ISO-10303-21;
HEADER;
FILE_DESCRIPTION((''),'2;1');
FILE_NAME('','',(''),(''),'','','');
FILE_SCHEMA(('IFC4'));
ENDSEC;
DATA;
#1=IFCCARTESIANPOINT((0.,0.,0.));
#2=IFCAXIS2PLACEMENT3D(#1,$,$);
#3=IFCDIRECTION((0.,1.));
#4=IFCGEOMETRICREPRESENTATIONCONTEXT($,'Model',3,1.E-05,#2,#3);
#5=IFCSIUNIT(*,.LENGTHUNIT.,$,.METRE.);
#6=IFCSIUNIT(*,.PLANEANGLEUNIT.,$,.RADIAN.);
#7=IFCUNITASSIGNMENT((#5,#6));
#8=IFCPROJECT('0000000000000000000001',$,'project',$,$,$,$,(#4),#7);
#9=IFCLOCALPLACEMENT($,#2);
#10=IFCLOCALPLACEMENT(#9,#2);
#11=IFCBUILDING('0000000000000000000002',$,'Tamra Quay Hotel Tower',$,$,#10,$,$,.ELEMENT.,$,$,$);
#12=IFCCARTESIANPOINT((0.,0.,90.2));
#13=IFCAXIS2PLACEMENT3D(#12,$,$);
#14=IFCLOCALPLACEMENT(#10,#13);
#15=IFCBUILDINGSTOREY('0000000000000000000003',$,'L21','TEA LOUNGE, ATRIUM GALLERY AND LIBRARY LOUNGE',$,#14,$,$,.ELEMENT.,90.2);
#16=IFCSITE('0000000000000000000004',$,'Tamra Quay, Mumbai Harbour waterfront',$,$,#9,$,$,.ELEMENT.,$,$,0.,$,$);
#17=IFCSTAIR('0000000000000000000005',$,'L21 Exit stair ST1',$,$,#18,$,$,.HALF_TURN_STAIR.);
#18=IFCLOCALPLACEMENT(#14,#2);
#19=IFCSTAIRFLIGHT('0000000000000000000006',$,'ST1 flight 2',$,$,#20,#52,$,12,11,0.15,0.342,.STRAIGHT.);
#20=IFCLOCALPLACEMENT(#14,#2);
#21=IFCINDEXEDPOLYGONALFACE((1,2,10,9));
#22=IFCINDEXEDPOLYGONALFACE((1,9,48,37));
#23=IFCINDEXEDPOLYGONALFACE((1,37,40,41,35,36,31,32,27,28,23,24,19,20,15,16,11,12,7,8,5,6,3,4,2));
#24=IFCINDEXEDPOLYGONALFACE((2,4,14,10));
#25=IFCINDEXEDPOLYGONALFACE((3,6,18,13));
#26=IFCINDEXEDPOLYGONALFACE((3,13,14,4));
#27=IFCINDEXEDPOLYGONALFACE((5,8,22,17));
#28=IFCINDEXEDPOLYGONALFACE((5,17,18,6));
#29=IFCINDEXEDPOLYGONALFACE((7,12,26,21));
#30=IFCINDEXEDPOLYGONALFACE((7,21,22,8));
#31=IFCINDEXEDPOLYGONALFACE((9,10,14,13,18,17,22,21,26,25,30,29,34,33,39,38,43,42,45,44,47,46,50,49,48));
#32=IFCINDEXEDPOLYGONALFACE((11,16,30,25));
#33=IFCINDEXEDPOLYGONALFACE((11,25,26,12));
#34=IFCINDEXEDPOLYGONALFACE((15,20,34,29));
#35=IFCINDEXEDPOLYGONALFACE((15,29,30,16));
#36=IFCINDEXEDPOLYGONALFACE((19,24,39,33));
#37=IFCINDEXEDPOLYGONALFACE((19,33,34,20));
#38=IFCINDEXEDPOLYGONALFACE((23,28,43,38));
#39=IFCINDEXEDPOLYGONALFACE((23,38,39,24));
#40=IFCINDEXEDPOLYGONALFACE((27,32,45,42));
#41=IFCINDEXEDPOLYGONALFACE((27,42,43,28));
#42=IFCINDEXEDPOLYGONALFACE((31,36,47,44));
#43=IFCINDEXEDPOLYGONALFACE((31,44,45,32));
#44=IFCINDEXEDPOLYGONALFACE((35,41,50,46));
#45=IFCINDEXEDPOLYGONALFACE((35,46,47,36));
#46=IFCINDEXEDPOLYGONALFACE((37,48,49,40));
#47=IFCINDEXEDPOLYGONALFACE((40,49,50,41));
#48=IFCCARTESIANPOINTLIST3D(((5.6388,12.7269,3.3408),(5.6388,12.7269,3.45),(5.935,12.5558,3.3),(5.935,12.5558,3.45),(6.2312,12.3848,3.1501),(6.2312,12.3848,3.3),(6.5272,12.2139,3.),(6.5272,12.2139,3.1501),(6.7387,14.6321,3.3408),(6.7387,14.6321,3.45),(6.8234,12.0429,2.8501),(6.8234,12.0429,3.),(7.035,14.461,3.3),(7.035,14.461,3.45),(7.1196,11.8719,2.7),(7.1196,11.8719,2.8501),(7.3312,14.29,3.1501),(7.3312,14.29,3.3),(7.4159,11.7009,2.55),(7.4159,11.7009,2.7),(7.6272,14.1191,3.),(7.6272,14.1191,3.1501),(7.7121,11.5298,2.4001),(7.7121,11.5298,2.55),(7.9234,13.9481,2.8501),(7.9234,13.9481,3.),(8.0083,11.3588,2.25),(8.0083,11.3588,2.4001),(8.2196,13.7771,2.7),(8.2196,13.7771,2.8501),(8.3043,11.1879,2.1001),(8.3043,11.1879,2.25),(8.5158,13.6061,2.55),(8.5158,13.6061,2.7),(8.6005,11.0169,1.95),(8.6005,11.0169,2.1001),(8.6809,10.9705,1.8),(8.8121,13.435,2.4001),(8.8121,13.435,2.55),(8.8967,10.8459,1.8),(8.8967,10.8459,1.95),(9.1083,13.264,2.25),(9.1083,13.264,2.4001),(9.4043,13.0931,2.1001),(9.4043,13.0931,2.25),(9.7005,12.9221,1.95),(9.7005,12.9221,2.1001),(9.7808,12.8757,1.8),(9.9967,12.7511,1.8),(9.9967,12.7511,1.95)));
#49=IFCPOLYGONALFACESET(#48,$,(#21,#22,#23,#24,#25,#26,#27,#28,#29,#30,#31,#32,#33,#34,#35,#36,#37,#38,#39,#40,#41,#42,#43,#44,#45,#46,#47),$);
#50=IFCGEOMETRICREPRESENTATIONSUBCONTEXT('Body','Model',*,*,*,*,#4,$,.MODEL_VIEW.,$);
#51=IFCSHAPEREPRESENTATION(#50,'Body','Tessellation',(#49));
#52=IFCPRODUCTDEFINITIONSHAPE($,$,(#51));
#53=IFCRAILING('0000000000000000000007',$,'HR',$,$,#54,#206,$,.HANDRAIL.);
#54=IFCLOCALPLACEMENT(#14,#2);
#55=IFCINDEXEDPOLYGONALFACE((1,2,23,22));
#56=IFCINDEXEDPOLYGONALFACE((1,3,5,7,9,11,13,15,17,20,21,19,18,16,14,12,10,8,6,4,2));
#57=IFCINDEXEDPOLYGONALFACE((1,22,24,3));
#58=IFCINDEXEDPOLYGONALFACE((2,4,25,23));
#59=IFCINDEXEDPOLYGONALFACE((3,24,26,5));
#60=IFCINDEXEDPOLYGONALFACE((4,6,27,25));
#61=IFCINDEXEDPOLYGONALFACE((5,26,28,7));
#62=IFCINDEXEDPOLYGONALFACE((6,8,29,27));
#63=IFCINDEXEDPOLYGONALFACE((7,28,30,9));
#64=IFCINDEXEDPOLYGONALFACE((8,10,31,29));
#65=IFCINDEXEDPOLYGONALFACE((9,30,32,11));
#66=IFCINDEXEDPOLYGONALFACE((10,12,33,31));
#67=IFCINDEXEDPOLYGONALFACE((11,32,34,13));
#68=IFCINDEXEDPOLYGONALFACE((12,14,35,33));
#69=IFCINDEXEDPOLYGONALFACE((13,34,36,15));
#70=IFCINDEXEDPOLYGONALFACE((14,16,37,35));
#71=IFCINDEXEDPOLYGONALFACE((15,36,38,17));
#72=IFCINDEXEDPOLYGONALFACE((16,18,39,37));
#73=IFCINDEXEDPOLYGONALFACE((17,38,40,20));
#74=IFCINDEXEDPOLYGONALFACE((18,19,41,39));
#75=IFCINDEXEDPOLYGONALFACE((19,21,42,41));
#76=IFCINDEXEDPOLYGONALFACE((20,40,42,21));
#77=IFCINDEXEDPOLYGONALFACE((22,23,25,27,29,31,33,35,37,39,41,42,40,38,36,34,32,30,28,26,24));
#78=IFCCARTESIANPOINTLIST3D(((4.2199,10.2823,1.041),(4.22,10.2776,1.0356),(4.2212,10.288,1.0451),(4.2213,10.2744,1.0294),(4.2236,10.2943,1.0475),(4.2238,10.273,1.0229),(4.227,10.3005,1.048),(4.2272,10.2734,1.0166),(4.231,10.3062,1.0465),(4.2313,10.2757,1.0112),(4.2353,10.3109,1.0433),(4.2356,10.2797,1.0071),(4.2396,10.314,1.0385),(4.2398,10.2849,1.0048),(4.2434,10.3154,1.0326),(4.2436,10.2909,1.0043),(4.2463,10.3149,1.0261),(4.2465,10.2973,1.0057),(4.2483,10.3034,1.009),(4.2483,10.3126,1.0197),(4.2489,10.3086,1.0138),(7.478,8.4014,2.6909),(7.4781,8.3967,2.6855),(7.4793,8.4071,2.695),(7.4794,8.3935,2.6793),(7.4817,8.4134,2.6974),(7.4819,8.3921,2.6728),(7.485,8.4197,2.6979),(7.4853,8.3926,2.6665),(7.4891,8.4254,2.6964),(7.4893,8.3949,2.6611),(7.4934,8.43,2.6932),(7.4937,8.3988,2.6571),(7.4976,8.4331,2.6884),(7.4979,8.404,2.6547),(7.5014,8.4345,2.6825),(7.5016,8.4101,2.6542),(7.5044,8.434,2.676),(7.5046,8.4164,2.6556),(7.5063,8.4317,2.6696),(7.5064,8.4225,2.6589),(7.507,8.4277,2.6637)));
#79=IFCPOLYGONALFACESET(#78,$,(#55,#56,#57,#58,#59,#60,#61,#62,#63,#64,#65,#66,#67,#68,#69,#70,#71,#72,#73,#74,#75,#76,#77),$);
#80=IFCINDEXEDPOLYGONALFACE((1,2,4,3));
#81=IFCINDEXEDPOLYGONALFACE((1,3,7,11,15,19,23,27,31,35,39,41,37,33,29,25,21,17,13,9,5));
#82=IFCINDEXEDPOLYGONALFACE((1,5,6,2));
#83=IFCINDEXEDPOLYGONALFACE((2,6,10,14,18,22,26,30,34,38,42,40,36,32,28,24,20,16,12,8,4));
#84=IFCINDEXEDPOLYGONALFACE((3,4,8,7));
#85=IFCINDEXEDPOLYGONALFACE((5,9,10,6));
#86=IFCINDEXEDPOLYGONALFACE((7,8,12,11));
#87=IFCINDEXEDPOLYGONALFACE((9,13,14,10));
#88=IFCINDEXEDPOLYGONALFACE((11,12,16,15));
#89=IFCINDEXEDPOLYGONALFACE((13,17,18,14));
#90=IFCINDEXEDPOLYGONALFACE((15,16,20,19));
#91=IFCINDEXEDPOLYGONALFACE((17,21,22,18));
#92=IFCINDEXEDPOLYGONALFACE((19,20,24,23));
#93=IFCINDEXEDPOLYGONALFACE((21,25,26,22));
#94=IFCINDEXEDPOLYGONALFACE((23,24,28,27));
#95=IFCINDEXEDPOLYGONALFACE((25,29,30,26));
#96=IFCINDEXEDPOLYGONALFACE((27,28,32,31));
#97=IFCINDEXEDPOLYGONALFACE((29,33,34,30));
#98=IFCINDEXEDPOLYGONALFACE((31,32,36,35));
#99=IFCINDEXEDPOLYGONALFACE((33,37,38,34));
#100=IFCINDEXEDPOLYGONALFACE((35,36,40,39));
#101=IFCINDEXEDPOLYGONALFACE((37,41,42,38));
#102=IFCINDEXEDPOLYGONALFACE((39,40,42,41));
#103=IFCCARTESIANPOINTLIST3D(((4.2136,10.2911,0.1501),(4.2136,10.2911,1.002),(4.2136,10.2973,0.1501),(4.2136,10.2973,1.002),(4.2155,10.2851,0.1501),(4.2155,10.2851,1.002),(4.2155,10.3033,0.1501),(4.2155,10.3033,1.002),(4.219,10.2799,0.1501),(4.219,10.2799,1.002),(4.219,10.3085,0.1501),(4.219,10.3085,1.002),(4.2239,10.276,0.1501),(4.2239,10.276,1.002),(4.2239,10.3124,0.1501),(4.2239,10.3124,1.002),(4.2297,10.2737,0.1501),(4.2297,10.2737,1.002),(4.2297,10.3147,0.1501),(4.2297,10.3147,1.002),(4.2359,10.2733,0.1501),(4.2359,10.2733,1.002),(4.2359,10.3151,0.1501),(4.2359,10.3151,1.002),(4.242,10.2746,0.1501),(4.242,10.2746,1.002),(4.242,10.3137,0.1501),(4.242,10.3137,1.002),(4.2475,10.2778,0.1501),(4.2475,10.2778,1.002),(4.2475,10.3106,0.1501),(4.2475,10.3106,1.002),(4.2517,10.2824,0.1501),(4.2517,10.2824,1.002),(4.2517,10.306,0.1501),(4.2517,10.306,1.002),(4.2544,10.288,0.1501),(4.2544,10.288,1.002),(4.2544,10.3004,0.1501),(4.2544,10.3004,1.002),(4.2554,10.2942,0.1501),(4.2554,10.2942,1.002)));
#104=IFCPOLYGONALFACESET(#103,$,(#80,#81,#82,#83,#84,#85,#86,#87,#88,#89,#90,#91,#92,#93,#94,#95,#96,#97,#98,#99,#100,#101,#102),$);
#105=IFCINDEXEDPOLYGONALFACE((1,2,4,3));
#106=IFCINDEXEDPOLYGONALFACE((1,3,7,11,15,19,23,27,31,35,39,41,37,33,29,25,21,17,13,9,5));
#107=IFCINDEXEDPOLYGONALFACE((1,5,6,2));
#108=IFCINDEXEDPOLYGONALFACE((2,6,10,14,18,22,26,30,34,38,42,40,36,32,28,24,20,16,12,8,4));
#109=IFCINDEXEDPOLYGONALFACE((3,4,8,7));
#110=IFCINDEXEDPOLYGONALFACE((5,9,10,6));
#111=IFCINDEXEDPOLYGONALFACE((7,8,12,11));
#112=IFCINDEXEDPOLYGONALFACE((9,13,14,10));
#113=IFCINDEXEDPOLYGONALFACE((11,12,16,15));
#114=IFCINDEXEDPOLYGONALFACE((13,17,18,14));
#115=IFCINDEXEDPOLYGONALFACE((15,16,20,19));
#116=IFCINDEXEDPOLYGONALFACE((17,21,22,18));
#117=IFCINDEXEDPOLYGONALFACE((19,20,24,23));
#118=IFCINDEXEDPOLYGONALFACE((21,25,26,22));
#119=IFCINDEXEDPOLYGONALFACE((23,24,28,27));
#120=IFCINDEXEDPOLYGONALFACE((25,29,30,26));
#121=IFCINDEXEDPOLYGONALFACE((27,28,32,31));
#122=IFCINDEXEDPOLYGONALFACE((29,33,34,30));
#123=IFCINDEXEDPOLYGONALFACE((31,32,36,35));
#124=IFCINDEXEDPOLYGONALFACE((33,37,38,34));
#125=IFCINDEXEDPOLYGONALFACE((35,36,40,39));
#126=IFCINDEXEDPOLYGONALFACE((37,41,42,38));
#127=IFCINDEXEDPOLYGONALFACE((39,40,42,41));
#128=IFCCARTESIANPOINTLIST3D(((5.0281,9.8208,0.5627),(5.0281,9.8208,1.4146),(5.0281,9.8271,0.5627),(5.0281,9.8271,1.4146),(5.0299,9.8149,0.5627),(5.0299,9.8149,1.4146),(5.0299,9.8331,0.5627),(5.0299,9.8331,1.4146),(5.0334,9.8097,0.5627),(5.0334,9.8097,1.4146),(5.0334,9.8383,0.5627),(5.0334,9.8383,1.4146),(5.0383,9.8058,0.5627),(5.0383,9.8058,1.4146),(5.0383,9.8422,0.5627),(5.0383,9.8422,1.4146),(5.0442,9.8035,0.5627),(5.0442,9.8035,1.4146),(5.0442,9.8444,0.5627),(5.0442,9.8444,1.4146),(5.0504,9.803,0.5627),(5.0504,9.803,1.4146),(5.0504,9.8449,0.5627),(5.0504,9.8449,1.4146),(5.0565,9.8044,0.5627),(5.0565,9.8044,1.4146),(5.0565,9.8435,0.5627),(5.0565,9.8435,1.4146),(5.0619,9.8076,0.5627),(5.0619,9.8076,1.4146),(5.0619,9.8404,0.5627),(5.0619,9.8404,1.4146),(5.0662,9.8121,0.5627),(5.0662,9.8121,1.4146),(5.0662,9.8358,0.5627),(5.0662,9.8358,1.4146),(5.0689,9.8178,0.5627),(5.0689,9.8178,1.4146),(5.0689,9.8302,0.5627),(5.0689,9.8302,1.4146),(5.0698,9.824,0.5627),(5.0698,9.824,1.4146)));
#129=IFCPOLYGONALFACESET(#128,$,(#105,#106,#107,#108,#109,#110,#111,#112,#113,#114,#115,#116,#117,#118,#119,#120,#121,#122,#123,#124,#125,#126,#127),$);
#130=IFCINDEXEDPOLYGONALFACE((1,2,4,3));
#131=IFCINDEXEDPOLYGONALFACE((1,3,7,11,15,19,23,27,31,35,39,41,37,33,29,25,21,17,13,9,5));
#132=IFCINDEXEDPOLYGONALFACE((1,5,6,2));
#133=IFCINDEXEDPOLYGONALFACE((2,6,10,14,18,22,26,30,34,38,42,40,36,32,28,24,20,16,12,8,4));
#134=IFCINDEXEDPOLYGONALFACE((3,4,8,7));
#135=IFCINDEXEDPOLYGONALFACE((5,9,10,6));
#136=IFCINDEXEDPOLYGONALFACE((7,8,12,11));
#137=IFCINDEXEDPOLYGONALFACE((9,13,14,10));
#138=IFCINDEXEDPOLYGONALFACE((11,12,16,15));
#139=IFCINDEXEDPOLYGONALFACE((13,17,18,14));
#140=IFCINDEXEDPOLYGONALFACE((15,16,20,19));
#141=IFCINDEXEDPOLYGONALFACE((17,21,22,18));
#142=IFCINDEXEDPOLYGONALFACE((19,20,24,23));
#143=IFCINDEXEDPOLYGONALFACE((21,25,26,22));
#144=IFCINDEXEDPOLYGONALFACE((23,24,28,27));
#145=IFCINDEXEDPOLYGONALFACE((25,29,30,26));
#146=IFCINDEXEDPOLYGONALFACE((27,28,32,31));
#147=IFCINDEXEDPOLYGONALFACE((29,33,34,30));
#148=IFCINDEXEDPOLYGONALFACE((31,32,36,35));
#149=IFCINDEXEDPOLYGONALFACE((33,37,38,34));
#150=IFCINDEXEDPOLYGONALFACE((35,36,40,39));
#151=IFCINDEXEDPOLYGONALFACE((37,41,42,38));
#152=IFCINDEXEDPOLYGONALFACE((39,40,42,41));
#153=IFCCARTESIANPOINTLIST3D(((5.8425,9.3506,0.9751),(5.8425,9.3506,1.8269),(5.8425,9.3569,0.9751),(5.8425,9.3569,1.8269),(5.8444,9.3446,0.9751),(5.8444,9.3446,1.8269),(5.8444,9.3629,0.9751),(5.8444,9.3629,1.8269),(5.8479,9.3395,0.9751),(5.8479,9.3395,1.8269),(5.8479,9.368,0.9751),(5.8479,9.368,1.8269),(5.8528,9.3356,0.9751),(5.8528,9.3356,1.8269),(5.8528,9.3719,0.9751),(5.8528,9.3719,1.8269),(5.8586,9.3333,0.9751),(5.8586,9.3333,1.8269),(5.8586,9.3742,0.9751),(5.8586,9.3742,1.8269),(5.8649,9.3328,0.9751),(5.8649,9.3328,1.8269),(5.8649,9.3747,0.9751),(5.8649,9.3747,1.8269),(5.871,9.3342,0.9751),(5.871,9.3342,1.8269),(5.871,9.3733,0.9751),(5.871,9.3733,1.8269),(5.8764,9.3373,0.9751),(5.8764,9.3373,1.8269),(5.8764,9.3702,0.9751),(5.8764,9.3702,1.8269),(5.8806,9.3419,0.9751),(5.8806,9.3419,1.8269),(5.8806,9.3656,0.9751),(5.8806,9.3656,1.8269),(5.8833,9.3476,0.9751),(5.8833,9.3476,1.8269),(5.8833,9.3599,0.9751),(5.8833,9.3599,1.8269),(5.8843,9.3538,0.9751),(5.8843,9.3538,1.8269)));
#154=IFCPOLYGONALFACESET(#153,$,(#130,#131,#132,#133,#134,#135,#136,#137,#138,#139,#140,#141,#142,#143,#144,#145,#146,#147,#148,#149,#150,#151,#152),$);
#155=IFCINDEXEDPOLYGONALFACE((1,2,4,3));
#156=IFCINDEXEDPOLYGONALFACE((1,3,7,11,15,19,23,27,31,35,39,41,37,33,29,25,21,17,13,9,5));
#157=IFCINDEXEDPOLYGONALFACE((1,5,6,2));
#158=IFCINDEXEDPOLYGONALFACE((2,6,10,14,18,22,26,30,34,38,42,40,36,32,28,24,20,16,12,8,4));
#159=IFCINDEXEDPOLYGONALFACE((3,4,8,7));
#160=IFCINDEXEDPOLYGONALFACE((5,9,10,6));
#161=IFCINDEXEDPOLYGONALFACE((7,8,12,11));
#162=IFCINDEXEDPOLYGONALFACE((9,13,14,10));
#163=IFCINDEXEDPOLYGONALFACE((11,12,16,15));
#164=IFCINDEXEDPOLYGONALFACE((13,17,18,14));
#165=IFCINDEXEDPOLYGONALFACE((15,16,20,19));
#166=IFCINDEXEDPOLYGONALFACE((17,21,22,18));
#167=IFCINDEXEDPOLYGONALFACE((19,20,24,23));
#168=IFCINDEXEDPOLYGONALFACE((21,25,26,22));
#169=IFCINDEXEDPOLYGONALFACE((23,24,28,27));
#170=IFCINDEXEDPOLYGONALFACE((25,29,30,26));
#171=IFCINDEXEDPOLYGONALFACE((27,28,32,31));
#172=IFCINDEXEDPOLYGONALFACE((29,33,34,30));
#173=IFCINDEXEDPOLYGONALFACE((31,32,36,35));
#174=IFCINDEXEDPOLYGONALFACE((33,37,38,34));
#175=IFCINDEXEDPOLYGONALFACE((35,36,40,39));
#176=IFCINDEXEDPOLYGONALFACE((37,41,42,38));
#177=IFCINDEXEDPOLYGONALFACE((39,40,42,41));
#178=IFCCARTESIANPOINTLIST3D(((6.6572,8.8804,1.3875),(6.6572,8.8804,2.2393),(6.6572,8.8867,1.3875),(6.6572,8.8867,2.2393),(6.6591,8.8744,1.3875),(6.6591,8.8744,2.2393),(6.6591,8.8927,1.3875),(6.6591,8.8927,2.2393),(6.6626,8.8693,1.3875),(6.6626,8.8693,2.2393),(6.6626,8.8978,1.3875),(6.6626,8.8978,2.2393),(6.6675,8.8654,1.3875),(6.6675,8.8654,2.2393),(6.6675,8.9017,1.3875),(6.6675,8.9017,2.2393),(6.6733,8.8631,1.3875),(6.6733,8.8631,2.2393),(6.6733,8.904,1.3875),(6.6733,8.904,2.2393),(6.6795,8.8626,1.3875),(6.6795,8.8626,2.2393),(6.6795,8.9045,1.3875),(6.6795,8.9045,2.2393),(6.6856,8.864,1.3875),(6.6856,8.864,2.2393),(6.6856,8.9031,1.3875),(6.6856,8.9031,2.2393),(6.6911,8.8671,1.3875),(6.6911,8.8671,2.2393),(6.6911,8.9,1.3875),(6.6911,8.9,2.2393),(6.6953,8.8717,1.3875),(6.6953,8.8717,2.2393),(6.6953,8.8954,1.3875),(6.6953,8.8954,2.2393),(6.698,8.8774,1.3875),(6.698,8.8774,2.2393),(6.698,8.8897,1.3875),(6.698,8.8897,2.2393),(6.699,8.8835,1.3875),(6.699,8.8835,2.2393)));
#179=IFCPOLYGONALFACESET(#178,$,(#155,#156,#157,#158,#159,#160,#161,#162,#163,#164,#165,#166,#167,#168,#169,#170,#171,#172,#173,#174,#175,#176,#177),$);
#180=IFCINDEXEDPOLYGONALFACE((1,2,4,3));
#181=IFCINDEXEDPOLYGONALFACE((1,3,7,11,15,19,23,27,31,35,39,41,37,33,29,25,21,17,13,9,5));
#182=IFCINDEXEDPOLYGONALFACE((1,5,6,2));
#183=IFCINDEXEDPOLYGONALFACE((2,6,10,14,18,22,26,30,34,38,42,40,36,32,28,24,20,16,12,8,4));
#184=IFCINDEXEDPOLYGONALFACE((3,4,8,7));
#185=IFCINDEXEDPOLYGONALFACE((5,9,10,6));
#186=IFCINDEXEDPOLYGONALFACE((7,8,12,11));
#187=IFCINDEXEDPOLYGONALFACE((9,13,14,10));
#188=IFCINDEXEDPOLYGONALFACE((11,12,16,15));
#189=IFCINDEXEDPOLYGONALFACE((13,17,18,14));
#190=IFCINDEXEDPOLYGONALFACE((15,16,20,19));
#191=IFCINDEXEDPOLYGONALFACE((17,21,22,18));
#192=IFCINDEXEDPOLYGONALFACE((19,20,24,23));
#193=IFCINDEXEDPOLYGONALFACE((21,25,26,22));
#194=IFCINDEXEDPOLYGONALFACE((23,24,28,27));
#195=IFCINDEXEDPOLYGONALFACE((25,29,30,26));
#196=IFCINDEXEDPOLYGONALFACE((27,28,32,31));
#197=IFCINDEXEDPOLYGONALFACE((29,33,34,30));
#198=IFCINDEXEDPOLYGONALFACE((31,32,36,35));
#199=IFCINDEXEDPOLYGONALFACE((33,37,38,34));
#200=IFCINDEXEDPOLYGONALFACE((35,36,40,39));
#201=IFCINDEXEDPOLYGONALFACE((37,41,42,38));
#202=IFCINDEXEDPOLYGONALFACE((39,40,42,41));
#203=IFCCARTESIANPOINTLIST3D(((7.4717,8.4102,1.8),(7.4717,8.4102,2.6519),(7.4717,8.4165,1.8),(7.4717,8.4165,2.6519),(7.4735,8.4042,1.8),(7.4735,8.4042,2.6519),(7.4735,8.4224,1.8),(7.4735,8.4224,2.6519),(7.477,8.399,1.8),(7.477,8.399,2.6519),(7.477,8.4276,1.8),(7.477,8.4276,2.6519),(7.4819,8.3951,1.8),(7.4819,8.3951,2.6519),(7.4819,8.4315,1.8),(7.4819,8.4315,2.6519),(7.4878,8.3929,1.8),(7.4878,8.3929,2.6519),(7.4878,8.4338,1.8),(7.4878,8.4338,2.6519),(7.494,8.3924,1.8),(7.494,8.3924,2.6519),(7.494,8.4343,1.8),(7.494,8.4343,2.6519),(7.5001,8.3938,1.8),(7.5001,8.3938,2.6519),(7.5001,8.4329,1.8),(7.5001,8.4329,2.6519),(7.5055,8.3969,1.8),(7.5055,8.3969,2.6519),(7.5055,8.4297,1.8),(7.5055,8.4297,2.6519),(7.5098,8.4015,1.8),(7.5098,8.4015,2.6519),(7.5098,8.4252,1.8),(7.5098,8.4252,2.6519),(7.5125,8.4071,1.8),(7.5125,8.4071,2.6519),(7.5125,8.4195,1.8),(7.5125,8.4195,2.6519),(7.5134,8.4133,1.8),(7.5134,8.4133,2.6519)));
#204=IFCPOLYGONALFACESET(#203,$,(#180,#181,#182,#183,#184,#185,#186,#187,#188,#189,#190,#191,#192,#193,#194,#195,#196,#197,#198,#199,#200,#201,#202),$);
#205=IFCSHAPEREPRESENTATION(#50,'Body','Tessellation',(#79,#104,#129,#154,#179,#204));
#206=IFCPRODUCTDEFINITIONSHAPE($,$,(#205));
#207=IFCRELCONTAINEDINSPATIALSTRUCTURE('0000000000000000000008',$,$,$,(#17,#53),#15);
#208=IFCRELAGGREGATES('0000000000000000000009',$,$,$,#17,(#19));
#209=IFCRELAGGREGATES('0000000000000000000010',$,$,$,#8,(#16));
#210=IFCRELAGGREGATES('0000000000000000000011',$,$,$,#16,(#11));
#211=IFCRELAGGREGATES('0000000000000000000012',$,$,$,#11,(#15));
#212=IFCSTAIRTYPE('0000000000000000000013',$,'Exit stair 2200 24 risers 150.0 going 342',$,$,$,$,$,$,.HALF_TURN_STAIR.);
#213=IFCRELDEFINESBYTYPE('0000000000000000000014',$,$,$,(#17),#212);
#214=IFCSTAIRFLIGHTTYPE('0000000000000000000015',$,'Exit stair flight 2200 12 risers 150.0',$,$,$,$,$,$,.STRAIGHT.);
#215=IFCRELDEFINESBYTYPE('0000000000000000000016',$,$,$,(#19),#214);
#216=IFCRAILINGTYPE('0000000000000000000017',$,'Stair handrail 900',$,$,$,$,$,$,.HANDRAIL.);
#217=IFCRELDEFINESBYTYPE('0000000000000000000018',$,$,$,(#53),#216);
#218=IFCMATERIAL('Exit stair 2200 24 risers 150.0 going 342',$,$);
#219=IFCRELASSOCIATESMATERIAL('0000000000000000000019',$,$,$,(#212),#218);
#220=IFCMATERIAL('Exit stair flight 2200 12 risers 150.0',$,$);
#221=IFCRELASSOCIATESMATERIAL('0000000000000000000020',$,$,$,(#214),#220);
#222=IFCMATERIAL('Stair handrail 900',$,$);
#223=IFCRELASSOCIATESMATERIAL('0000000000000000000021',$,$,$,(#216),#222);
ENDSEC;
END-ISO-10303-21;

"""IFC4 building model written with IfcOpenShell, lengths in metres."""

from ifc_helpers import new_model, si_unit, direction, frame, origin, origin_2d, place, context, subcontext, project, spatial, polyline, circle, outline, extrude, material, type_object, element, aggregate, save


model = new_model("IFC4")

# Units and contexts
model_context = context("Model", 3, precision=1e-05, world=origin(), true_north=direction((0.0, 1.0)))
body_context = subcontext(model_context, "Body", "Model", "MODEL_VIEW")
ifc_project = project(units=[si_unit("LENGTHUNIT", "METRE"), si_unit("PLANEANGLEUNIT", "RADIAN")], contexts=[model_context])

# Site, building, storey
site_placement = place(None, origin())
site = spatial("IfcSite", under=ifc_project, at=site_placement, Name="Tamra Quay, Mumbai Harbour waterfront", CompositionType="ELEMENT", RefElevation=0.0)
building_placement = place(site_placement, origin())
building = spatial("IfcBuilding", under=site, at=building_placement, Name="Tamra Quay Hotel Tower", CompositionType="ELEMENT")
storey_placement = place(building_placement, frame((0.0, 0.0, 90.2)))
storey = spatial("IfcBuildingStorey", under=building, at=storey_placement, Name="L21", Description="TEA LOUNGE, ATRIUM GALLERY AND LIBRARY LOUNGE", CompositionType="ELEMENT", Elevation=90.2)

# Stair, stair flight
ifc_material_1 = material(Name="Exit stair 2200 24 risers 150.0 going 342")
stair_type = type_object("IfcStairType", Name="Exit stair 2200 24 risers 150.0 going 342", PredefinedType="HALF_TURN_STAIR", material=ifc_material_1)
stair_placement = place(storey_placement, origin())
stair = element("IfcStair", 1, at=stair_placement, inside=storey, type_object=stair_type, Name="L21 Exit stair ST1", PredefinedType="HALF_TURN_STAIR")
ifc_material_2 = material(Name="Exit stair flight 2200 12 risers 150.0")
stair_flight_type = type_object("IfcStairFlightType", Name="Exit stair flight 2200 12 risers 150.0", PredefinedType="STRAIGHT", material=ifc_material_2)
stair_flight_1_placement = place(storey_placement, frame((9.4468, 11.7986, 1.8), z_axis=(0.0, 0.0, 1.0), x_axis=(-0.866025, 0.5, 0.0)))
stair_flight_1 = element("IfcStairFlight", 2, at=stair_flight_1_placement, type_object=stair_flight_type, Name="ST1 flight 2", NumberOfRisers=12, NumberOfTreads=11, PredefinedType="STRAIGHT", RiserHeight=0.15, TreadLength=0.342, context=body_context, shape_type="SweptSolid", body=[
    extrude(outline(polyline([(0.0, 0.0), (0.0, 0.1499), (0.342, 0.1499), (0.342, 0.3), (0.6841, 0.3), (0.6841, 0.45), (1.0259, 0.45), (1.0259, 0.6001), (1.3679, 0.6001), (1.3679, 0.75), (1.71, 0.75), (1.71, 0.8999), (2.052, 0.8999), (2.052, 1.05), (2.394, 1.05), (2.394, 1.2), (2.7361, 1.2), (2.7361, 1.3501), (3.0779, 1.3501), (3.0779, 1.5), (3.4199, 1.5), (3.4199, 1.6499), (3.762, 1.6499), (3.762, 1.8), (3.762, 1.5408), (0.2493, 0.0), (0.0, 0.0)])), frame((0.0, 1.1001, 0.0), z_axis=(0.0, -1.0, 0.0), x_axis=(1.0, 0.0, 0.0)), (0.0, 0.0, 1.0), 2.2),
])
aggregate(stair, [stair_flight_1])

# Railing
ifc_material_3 = material(Name="Stair handrail 900")
railing_type_1 = type_object("IfcRailingType", Name="Stair handrail 900", PredefinedType="HANDRAIL", material=ifc_material_3)
railing_1_placement = place(storey_placement, frame((4.2344, 10.2942, 0.1501)))
element("IfcRailing", 3, at=railing_1_placement, inside=storey, type_object=railing_type_1, Name="HR", PredefinedType="HANDRAIL", context=body_context, shape_type="SweptSolid", body=[
    extrude(circle(Radius=0.0239, at=origin_2d()), frame((0.0, 0.0, 0.876), z_axis=(0.793122, -0.457865, 0.401642), x_axis=(0.499964, 0.866046, 0.0)), (0.0, 0.0, 1.0), 4.1079),
    extrude(circle(Radius=0.021, at=origin_2d()), origin(), (0.0, 0.0, 1.0), 0.8518),
    extrude(circle(Radius=0.021, at=origin_2d()), frame((0.8145, -0.4702, 0.4126)), (0.0, 0.0, 1.0), 0.8518),
    extrude(circle(Radius=0.021, at=origin_2d()), frame((1.6289, -0.9404, 0.825)), (0.0, 0.0, 1.0), 0.8518),
    extrude(circle(Radius=0.021, at=origin_2d()), frame((2.4436, -1.4106, 1.2373)), (0.0, 0.0, 1.0), 0.8518),
    extrude(circle(Radius=0.021, at=origin_2d()), frame((3.2581, -1.8809, 1.6499)), (0.0, 0.0, 1.0), 0.8518),
])

save(model, "model.ifc")
